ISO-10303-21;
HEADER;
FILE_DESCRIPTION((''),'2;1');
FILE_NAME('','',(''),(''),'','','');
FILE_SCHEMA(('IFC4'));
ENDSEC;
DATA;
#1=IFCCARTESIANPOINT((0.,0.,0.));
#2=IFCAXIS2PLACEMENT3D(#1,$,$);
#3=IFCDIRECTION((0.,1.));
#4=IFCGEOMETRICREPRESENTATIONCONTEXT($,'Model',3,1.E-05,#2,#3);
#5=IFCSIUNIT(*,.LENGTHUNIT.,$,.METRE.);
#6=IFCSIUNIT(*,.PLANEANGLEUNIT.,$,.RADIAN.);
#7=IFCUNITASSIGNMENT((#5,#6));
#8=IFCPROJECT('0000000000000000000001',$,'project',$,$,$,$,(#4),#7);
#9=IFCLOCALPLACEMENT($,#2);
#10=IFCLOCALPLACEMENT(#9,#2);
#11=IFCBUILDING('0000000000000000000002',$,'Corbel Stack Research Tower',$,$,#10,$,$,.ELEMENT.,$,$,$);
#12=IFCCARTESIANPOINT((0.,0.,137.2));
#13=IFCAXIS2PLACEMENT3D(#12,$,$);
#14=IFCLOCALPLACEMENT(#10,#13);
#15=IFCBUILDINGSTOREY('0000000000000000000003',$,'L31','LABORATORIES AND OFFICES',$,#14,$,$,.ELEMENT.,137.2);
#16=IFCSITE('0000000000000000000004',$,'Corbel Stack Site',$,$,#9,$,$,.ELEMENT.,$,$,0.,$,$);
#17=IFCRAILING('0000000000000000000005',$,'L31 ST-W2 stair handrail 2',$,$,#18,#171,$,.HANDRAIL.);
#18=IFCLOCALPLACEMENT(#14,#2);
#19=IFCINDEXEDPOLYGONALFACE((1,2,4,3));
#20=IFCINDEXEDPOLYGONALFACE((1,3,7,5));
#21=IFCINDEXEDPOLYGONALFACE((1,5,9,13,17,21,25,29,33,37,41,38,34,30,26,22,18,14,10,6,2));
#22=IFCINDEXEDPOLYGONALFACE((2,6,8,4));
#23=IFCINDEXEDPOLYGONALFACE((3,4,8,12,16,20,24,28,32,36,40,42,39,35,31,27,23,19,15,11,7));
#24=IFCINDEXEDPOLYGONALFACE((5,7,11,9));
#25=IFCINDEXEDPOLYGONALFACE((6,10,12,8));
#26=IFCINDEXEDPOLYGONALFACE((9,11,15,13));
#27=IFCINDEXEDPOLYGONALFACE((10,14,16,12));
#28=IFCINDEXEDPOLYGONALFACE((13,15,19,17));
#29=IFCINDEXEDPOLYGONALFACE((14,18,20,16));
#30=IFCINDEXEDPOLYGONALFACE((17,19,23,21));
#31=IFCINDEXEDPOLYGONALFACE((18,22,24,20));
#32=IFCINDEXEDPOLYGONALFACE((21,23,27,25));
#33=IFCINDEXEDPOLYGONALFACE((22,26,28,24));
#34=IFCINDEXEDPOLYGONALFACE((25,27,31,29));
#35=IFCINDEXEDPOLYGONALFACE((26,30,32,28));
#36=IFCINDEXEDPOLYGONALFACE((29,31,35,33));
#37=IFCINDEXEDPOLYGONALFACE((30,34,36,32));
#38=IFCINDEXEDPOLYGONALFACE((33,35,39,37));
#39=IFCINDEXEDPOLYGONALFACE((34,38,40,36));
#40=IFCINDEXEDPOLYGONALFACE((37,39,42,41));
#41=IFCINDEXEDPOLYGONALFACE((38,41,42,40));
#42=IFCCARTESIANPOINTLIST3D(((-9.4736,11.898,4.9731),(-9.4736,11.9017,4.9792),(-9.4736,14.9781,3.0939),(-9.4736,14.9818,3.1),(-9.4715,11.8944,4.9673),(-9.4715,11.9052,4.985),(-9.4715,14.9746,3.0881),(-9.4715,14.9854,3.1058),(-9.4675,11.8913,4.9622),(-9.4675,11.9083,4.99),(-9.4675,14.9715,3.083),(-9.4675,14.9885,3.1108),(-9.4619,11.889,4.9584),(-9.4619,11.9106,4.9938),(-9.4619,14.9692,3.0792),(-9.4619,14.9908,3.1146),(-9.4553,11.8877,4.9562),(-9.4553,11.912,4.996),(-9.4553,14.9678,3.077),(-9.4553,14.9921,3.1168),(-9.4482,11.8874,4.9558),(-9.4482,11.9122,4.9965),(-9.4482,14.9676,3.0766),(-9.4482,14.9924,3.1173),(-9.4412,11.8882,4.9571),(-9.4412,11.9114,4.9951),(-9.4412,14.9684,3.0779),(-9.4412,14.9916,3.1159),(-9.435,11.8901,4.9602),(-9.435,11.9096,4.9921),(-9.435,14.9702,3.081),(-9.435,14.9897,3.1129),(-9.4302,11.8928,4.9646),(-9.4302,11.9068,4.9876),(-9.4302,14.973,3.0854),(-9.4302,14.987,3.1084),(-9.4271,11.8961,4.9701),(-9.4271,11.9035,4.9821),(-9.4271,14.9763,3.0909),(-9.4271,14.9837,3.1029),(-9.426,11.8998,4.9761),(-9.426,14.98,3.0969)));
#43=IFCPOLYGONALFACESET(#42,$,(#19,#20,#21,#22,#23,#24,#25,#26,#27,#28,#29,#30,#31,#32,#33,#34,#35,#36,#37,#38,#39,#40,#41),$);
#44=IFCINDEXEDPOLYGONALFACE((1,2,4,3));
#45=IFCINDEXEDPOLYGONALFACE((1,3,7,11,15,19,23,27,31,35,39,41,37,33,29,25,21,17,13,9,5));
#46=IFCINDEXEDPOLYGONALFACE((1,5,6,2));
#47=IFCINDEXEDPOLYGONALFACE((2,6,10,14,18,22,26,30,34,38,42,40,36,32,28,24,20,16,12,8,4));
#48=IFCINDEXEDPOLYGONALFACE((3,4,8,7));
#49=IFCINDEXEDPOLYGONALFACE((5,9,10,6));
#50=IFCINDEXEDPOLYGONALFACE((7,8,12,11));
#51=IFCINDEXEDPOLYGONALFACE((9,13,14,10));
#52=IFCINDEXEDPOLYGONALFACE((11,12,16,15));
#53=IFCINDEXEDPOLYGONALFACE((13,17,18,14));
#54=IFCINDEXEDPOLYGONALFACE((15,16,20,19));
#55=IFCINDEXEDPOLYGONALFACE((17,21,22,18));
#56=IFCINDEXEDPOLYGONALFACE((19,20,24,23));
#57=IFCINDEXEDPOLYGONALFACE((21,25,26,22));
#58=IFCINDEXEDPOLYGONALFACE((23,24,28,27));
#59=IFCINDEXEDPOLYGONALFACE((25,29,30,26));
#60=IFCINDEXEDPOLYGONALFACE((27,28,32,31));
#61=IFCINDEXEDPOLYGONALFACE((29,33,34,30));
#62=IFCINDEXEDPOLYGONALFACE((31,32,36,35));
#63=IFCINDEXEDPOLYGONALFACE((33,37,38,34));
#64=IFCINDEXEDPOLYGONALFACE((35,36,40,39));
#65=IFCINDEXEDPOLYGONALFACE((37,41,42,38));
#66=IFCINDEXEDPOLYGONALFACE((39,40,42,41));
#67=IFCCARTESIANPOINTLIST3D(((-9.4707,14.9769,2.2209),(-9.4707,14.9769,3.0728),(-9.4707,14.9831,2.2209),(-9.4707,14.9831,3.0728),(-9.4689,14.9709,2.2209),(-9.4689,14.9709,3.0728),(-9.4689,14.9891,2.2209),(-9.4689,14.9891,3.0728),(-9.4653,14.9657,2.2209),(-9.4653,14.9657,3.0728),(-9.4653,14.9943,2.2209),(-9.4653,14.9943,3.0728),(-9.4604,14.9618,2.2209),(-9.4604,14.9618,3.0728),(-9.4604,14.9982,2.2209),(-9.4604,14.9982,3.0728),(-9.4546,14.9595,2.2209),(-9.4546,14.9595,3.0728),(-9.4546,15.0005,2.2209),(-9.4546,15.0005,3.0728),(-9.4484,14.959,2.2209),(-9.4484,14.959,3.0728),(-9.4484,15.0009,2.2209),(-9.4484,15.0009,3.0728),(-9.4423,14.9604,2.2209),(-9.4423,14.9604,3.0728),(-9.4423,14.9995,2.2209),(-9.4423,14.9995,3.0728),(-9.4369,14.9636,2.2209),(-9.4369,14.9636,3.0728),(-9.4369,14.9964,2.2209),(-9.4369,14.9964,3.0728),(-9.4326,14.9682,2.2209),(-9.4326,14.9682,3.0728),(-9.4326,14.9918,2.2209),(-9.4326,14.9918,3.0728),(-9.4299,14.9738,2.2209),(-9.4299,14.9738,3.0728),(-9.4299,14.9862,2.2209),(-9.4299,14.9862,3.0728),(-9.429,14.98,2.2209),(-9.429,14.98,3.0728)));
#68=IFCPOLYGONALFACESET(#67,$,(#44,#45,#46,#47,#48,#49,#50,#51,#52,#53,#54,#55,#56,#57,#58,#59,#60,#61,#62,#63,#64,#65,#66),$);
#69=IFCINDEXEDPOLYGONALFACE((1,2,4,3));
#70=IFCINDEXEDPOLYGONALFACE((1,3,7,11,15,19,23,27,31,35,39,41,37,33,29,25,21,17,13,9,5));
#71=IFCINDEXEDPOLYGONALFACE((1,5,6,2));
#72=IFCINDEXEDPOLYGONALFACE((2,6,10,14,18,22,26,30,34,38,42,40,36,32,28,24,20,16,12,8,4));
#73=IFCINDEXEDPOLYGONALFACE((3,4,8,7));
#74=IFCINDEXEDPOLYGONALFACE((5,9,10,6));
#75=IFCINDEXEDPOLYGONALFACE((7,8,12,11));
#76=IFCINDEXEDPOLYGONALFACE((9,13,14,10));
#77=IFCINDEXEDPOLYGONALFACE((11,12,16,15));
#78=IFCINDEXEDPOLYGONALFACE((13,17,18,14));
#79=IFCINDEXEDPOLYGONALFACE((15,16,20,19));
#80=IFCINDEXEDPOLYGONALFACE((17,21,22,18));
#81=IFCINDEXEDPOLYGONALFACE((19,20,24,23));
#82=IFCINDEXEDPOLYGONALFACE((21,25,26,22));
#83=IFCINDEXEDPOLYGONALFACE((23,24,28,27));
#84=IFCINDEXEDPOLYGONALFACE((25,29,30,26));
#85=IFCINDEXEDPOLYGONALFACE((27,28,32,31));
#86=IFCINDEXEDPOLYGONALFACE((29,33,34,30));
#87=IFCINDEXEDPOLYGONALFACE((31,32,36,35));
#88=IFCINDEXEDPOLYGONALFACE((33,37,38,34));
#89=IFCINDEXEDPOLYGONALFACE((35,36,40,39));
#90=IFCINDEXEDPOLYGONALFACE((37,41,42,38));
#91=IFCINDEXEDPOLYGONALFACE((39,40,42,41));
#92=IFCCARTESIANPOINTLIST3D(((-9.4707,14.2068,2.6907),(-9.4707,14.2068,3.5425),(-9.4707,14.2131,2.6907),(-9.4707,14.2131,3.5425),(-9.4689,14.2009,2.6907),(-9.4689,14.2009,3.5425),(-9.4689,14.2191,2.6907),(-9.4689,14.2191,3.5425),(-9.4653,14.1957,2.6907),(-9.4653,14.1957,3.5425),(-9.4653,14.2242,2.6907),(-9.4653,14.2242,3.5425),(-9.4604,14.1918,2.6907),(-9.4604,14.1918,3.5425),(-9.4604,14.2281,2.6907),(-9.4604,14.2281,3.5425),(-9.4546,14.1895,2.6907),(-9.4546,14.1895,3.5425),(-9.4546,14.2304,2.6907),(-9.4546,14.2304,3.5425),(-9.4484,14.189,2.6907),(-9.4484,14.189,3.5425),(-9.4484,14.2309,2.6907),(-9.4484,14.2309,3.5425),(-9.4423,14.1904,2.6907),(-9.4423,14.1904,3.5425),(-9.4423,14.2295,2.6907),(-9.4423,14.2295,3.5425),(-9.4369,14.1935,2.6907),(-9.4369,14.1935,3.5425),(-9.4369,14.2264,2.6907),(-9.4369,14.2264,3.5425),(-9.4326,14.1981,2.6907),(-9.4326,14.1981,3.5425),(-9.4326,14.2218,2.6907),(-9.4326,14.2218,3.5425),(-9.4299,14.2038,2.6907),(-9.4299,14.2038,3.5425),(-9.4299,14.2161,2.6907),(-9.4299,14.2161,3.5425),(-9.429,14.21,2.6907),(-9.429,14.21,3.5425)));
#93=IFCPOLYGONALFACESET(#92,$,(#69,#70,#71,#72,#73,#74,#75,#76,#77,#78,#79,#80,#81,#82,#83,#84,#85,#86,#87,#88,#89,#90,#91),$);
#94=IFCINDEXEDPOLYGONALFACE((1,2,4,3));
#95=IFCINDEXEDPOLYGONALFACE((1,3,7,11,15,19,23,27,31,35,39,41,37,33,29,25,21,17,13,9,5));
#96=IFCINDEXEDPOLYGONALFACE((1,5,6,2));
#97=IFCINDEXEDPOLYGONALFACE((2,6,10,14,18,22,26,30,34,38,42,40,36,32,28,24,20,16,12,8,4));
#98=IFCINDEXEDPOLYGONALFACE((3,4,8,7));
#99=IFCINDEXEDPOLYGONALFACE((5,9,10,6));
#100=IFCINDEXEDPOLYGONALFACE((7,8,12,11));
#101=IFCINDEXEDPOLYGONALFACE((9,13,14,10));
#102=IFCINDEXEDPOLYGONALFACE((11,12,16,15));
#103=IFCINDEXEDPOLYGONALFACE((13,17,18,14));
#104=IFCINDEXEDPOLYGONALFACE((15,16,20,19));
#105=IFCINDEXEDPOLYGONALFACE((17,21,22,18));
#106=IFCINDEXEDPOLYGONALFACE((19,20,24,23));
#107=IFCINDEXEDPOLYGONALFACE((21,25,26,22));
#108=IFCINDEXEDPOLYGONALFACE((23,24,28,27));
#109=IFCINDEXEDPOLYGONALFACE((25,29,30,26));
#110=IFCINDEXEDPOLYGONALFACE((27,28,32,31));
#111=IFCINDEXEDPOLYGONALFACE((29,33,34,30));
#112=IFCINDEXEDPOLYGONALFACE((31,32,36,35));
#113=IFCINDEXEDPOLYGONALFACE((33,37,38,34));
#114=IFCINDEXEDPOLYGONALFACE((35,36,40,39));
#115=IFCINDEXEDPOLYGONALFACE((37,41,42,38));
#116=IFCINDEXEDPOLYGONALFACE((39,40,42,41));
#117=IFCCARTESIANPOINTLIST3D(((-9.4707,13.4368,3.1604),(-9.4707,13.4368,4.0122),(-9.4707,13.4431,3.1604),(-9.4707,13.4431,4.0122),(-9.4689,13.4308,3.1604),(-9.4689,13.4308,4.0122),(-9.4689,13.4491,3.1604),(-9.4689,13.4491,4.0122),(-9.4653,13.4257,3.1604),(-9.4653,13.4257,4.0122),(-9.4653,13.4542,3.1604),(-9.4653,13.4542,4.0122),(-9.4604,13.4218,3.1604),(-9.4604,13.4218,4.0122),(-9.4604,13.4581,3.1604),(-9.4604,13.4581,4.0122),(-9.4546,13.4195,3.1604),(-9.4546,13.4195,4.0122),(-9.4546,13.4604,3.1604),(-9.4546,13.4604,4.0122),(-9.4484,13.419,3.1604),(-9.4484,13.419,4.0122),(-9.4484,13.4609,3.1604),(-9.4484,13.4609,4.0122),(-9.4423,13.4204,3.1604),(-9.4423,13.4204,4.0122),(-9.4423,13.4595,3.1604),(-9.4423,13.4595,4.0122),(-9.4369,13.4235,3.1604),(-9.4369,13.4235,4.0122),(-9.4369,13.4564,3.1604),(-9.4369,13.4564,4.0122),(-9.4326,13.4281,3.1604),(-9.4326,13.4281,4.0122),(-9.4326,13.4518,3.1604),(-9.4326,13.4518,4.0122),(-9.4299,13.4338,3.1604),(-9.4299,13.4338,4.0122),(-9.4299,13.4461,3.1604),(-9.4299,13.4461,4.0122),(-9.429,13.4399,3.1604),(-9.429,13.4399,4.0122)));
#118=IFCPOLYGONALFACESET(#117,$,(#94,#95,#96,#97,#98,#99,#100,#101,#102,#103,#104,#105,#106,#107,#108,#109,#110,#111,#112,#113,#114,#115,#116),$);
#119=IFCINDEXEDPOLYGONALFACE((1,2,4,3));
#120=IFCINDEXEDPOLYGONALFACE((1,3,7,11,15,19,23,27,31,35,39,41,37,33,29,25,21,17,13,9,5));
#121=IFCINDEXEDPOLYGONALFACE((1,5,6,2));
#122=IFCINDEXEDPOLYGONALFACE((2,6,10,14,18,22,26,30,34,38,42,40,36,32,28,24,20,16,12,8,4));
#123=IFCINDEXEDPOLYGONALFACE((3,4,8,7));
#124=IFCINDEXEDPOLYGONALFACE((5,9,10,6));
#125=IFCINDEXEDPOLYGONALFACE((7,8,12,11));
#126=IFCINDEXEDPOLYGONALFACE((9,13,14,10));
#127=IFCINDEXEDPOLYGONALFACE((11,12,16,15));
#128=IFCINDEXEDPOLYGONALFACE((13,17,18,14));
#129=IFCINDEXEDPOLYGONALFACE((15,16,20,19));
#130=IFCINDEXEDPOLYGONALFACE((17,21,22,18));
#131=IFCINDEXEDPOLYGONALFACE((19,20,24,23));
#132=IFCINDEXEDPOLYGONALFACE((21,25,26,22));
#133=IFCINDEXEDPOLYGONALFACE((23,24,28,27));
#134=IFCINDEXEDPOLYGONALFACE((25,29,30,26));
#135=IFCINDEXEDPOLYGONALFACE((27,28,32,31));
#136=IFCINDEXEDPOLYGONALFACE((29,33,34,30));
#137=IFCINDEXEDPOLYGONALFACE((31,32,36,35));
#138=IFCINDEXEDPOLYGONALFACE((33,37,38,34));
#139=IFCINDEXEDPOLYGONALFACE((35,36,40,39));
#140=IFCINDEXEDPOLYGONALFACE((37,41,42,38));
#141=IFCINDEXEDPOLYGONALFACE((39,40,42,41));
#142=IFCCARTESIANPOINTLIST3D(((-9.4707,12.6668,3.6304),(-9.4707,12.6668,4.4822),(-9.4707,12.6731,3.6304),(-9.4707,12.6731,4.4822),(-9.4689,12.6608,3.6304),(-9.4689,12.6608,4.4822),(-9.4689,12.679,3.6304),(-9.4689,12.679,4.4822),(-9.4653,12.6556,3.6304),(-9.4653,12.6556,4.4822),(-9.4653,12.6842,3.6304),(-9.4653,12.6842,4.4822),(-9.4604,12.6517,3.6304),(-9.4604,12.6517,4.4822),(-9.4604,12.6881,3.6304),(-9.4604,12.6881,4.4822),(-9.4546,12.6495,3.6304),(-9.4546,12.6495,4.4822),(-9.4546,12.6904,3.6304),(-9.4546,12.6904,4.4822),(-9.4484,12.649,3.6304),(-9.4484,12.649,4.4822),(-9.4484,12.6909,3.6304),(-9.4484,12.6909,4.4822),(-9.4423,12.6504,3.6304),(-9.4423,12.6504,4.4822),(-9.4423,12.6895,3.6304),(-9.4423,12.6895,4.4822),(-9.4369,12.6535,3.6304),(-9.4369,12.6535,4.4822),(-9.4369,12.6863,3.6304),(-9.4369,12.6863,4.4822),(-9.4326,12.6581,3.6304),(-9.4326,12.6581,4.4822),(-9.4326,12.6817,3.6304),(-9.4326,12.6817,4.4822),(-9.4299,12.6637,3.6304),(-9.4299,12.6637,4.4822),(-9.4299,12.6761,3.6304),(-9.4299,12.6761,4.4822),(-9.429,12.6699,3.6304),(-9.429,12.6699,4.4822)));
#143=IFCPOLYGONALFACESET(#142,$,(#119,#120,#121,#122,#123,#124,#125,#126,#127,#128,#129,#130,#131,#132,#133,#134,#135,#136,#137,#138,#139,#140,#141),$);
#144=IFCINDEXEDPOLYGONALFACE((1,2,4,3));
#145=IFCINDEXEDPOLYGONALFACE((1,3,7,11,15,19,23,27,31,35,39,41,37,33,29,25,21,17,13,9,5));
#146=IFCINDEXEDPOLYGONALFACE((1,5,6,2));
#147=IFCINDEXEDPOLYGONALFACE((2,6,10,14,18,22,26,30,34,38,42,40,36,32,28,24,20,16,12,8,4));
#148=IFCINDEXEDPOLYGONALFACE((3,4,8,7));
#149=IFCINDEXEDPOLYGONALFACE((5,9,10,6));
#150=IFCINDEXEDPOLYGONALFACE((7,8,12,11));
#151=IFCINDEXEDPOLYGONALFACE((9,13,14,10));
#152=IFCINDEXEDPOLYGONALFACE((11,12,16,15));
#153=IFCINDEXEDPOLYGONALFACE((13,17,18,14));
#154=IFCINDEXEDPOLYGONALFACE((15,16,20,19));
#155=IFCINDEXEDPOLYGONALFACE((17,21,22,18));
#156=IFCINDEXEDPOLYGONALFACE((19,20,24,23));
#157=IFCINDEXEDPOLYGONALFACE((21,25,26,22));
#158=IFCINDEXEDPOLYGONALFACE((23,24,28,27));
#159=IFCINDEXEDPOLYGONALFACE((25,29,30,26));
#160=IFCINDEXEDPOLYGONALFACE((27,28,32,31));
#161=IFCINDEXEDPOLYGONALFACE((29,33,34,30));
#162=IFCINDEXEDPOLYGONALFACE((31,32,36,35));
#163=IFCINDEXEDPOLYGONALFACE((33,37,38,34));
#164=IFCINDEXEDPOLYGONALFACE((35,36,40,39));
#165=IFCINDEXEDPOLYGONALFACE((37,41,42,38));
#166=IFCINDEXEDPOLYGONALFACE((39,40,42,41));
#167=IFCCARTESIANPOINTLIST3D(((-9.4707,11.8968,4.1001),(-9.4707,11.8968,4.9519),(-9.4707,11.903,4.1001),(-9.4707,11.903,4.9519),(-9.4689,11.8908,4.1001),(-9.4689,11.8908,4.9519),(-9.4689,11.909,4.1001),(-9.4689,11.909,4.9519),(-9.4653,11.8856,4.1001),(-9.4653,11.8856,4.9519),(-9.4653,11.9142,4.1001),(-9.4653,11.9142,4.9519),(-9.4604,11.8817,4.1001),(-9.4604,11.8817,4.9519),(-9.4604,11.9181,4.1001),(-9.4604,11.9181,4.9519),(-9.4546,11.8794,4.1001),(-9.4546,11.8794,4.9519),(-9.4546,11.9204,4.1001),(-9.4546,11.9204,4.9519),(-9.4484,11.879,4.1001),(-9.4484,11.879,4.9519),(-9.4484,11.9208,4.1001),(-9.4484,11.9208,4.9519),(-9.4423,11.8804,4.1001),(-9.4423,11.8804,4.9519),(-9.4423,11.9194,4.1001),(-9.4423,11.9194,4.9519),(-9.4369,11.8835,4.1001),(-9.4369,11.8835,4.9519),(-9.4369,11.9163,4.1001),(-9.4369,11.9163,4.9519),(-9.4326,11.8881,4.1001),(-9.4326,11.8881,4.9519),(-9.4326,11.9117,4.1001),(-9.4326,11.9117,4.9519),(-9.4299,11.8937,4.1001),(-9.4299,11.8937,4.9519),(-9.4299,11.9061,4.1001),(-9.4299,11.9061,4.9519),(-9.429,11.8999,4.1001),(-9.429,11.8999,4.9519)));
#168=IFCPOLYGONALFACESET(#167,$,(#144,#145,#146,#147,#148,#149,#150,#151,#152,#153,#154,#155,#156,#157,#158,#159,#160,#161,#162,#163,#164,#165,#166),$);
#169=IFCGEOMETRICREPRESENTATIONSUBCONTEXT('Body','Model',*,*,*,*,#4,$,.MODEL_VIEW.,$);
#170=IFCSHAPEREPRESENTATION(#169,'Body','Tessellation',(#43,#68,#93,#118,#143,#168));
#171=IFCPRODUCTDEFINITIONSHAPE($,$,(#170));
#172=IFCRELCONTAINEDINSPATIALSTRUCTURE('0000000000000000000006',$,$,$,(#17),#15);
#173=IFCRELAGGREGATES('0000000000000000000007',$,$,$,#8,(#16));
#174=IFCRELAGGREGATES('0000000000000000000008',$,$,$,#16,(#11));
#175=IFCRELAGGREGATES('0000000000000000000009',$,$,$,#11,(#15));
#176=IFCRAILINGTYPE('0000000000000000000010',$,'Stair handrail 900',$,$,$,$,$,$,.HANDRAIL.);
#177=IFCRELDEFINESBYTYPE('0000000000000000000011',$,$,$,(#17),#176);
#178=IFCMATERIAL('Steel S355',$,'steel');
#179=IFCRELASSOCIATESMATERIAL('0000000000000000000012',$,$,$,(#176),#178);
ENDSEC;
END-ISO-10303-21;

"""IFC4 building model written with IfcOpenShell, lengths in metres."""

from ifc_helpers import new_model, si_unit, direction, frame, origin, origin_2d, place, context, subcontext, project, spatial, circle, extrude, material, type_object, element, save


model = new_model("IFC4")

# Units and contexts
model_context = context("Model", 3, precision=1e-05, world=origin(), true_north=direction((0.0, 1.0)))
body_context = subcontext(model_context, "Body", "Model", "MODEL_VIEW")
ifc_project = project(units=[si_unit("LENGTHUNIT", "METRE"), si_unit("PLANEANGLEUNIT", "RADIAN")], contexts=[model_context])

# Site, building, storey
site_placement = place(None, origin())
site = spatial("IfcSite", under=ifc_project, at=site_placement, Name="Corbel Stack Site", CompositionType="ELEMENT", RefElevation=0.0)
building_placement = place(site_placement, origin())
building = spatial("IfcBuilding", under=site, at=building_placement, Name="Corbel Stack Research Tower", CompositionType="ELEMENT")
storey_placement = place(building_placement, frame((0.0, 0.0, 137.2)))
storey = spatial("IfcBuildingStorey", under=building, at=storey_placement, Name="L31", Description="LABORATORIES AND OFFICES", CompositionType="ELEMENT", Elevation=137.2)

# Railing
ifc_material_1 = material(Name="Steel S355", Category="steel")
railing_type_1 = type_object("IfcRailingType", Name="Stair handrail 900", PredefinedType="HANDRAIL", material=ifc_material_1)
railing_placement = place(storey_placement, frame((-9.45, 14.98, 2.2209)))
element("IfcRailing", 1, at=railing_placement, inside=storey, type_object=railing_type_1, Name="L31 ST-W2 stair handrail 2", PredefinedType="HANDRAIL", context=body_context, shape_type="SweptSolid", body=[
    extrude(circle(Radius=0.0239, at=origin_2d()), frame((0.0, 0.0, 0.876), z_axis=(0.0, -0.853666, 0.52082), x_axis=(1.0, 0.0, 0.0)), (0.0, 0.0, 1.0), 3.6082),
    extrude(circle(Radius=0.021, at=origin_2d()), origin(), (0.0, 0.0, 1.0), 0.8518),
    extrude(circle(Radius=0.021, at=origin_2d()), frame((0.0, -0.77, 0.4697)), (0.0, 0.0, 1.0), 0.8518),
    extrude(circle(Radius=0.021, at=origin_2d()), frame((0.0, -1.54, 0.9395)), (0.0, 0.0, 1.0), 0.8518),
    extrude(circle(Radius=0.021, at=origin_2d()), frame((0.0, -2.3101, 1.4094)), (0.0, 0.0, 1.0), 0.8518),
    extrude(circle(Radius=0.021, at=origin_2d()), frame((0.0, -3.0801, 1.8792)), (0.0, 0.0, 1.0), 0.8518),
])

save(model, "model.ifc")
